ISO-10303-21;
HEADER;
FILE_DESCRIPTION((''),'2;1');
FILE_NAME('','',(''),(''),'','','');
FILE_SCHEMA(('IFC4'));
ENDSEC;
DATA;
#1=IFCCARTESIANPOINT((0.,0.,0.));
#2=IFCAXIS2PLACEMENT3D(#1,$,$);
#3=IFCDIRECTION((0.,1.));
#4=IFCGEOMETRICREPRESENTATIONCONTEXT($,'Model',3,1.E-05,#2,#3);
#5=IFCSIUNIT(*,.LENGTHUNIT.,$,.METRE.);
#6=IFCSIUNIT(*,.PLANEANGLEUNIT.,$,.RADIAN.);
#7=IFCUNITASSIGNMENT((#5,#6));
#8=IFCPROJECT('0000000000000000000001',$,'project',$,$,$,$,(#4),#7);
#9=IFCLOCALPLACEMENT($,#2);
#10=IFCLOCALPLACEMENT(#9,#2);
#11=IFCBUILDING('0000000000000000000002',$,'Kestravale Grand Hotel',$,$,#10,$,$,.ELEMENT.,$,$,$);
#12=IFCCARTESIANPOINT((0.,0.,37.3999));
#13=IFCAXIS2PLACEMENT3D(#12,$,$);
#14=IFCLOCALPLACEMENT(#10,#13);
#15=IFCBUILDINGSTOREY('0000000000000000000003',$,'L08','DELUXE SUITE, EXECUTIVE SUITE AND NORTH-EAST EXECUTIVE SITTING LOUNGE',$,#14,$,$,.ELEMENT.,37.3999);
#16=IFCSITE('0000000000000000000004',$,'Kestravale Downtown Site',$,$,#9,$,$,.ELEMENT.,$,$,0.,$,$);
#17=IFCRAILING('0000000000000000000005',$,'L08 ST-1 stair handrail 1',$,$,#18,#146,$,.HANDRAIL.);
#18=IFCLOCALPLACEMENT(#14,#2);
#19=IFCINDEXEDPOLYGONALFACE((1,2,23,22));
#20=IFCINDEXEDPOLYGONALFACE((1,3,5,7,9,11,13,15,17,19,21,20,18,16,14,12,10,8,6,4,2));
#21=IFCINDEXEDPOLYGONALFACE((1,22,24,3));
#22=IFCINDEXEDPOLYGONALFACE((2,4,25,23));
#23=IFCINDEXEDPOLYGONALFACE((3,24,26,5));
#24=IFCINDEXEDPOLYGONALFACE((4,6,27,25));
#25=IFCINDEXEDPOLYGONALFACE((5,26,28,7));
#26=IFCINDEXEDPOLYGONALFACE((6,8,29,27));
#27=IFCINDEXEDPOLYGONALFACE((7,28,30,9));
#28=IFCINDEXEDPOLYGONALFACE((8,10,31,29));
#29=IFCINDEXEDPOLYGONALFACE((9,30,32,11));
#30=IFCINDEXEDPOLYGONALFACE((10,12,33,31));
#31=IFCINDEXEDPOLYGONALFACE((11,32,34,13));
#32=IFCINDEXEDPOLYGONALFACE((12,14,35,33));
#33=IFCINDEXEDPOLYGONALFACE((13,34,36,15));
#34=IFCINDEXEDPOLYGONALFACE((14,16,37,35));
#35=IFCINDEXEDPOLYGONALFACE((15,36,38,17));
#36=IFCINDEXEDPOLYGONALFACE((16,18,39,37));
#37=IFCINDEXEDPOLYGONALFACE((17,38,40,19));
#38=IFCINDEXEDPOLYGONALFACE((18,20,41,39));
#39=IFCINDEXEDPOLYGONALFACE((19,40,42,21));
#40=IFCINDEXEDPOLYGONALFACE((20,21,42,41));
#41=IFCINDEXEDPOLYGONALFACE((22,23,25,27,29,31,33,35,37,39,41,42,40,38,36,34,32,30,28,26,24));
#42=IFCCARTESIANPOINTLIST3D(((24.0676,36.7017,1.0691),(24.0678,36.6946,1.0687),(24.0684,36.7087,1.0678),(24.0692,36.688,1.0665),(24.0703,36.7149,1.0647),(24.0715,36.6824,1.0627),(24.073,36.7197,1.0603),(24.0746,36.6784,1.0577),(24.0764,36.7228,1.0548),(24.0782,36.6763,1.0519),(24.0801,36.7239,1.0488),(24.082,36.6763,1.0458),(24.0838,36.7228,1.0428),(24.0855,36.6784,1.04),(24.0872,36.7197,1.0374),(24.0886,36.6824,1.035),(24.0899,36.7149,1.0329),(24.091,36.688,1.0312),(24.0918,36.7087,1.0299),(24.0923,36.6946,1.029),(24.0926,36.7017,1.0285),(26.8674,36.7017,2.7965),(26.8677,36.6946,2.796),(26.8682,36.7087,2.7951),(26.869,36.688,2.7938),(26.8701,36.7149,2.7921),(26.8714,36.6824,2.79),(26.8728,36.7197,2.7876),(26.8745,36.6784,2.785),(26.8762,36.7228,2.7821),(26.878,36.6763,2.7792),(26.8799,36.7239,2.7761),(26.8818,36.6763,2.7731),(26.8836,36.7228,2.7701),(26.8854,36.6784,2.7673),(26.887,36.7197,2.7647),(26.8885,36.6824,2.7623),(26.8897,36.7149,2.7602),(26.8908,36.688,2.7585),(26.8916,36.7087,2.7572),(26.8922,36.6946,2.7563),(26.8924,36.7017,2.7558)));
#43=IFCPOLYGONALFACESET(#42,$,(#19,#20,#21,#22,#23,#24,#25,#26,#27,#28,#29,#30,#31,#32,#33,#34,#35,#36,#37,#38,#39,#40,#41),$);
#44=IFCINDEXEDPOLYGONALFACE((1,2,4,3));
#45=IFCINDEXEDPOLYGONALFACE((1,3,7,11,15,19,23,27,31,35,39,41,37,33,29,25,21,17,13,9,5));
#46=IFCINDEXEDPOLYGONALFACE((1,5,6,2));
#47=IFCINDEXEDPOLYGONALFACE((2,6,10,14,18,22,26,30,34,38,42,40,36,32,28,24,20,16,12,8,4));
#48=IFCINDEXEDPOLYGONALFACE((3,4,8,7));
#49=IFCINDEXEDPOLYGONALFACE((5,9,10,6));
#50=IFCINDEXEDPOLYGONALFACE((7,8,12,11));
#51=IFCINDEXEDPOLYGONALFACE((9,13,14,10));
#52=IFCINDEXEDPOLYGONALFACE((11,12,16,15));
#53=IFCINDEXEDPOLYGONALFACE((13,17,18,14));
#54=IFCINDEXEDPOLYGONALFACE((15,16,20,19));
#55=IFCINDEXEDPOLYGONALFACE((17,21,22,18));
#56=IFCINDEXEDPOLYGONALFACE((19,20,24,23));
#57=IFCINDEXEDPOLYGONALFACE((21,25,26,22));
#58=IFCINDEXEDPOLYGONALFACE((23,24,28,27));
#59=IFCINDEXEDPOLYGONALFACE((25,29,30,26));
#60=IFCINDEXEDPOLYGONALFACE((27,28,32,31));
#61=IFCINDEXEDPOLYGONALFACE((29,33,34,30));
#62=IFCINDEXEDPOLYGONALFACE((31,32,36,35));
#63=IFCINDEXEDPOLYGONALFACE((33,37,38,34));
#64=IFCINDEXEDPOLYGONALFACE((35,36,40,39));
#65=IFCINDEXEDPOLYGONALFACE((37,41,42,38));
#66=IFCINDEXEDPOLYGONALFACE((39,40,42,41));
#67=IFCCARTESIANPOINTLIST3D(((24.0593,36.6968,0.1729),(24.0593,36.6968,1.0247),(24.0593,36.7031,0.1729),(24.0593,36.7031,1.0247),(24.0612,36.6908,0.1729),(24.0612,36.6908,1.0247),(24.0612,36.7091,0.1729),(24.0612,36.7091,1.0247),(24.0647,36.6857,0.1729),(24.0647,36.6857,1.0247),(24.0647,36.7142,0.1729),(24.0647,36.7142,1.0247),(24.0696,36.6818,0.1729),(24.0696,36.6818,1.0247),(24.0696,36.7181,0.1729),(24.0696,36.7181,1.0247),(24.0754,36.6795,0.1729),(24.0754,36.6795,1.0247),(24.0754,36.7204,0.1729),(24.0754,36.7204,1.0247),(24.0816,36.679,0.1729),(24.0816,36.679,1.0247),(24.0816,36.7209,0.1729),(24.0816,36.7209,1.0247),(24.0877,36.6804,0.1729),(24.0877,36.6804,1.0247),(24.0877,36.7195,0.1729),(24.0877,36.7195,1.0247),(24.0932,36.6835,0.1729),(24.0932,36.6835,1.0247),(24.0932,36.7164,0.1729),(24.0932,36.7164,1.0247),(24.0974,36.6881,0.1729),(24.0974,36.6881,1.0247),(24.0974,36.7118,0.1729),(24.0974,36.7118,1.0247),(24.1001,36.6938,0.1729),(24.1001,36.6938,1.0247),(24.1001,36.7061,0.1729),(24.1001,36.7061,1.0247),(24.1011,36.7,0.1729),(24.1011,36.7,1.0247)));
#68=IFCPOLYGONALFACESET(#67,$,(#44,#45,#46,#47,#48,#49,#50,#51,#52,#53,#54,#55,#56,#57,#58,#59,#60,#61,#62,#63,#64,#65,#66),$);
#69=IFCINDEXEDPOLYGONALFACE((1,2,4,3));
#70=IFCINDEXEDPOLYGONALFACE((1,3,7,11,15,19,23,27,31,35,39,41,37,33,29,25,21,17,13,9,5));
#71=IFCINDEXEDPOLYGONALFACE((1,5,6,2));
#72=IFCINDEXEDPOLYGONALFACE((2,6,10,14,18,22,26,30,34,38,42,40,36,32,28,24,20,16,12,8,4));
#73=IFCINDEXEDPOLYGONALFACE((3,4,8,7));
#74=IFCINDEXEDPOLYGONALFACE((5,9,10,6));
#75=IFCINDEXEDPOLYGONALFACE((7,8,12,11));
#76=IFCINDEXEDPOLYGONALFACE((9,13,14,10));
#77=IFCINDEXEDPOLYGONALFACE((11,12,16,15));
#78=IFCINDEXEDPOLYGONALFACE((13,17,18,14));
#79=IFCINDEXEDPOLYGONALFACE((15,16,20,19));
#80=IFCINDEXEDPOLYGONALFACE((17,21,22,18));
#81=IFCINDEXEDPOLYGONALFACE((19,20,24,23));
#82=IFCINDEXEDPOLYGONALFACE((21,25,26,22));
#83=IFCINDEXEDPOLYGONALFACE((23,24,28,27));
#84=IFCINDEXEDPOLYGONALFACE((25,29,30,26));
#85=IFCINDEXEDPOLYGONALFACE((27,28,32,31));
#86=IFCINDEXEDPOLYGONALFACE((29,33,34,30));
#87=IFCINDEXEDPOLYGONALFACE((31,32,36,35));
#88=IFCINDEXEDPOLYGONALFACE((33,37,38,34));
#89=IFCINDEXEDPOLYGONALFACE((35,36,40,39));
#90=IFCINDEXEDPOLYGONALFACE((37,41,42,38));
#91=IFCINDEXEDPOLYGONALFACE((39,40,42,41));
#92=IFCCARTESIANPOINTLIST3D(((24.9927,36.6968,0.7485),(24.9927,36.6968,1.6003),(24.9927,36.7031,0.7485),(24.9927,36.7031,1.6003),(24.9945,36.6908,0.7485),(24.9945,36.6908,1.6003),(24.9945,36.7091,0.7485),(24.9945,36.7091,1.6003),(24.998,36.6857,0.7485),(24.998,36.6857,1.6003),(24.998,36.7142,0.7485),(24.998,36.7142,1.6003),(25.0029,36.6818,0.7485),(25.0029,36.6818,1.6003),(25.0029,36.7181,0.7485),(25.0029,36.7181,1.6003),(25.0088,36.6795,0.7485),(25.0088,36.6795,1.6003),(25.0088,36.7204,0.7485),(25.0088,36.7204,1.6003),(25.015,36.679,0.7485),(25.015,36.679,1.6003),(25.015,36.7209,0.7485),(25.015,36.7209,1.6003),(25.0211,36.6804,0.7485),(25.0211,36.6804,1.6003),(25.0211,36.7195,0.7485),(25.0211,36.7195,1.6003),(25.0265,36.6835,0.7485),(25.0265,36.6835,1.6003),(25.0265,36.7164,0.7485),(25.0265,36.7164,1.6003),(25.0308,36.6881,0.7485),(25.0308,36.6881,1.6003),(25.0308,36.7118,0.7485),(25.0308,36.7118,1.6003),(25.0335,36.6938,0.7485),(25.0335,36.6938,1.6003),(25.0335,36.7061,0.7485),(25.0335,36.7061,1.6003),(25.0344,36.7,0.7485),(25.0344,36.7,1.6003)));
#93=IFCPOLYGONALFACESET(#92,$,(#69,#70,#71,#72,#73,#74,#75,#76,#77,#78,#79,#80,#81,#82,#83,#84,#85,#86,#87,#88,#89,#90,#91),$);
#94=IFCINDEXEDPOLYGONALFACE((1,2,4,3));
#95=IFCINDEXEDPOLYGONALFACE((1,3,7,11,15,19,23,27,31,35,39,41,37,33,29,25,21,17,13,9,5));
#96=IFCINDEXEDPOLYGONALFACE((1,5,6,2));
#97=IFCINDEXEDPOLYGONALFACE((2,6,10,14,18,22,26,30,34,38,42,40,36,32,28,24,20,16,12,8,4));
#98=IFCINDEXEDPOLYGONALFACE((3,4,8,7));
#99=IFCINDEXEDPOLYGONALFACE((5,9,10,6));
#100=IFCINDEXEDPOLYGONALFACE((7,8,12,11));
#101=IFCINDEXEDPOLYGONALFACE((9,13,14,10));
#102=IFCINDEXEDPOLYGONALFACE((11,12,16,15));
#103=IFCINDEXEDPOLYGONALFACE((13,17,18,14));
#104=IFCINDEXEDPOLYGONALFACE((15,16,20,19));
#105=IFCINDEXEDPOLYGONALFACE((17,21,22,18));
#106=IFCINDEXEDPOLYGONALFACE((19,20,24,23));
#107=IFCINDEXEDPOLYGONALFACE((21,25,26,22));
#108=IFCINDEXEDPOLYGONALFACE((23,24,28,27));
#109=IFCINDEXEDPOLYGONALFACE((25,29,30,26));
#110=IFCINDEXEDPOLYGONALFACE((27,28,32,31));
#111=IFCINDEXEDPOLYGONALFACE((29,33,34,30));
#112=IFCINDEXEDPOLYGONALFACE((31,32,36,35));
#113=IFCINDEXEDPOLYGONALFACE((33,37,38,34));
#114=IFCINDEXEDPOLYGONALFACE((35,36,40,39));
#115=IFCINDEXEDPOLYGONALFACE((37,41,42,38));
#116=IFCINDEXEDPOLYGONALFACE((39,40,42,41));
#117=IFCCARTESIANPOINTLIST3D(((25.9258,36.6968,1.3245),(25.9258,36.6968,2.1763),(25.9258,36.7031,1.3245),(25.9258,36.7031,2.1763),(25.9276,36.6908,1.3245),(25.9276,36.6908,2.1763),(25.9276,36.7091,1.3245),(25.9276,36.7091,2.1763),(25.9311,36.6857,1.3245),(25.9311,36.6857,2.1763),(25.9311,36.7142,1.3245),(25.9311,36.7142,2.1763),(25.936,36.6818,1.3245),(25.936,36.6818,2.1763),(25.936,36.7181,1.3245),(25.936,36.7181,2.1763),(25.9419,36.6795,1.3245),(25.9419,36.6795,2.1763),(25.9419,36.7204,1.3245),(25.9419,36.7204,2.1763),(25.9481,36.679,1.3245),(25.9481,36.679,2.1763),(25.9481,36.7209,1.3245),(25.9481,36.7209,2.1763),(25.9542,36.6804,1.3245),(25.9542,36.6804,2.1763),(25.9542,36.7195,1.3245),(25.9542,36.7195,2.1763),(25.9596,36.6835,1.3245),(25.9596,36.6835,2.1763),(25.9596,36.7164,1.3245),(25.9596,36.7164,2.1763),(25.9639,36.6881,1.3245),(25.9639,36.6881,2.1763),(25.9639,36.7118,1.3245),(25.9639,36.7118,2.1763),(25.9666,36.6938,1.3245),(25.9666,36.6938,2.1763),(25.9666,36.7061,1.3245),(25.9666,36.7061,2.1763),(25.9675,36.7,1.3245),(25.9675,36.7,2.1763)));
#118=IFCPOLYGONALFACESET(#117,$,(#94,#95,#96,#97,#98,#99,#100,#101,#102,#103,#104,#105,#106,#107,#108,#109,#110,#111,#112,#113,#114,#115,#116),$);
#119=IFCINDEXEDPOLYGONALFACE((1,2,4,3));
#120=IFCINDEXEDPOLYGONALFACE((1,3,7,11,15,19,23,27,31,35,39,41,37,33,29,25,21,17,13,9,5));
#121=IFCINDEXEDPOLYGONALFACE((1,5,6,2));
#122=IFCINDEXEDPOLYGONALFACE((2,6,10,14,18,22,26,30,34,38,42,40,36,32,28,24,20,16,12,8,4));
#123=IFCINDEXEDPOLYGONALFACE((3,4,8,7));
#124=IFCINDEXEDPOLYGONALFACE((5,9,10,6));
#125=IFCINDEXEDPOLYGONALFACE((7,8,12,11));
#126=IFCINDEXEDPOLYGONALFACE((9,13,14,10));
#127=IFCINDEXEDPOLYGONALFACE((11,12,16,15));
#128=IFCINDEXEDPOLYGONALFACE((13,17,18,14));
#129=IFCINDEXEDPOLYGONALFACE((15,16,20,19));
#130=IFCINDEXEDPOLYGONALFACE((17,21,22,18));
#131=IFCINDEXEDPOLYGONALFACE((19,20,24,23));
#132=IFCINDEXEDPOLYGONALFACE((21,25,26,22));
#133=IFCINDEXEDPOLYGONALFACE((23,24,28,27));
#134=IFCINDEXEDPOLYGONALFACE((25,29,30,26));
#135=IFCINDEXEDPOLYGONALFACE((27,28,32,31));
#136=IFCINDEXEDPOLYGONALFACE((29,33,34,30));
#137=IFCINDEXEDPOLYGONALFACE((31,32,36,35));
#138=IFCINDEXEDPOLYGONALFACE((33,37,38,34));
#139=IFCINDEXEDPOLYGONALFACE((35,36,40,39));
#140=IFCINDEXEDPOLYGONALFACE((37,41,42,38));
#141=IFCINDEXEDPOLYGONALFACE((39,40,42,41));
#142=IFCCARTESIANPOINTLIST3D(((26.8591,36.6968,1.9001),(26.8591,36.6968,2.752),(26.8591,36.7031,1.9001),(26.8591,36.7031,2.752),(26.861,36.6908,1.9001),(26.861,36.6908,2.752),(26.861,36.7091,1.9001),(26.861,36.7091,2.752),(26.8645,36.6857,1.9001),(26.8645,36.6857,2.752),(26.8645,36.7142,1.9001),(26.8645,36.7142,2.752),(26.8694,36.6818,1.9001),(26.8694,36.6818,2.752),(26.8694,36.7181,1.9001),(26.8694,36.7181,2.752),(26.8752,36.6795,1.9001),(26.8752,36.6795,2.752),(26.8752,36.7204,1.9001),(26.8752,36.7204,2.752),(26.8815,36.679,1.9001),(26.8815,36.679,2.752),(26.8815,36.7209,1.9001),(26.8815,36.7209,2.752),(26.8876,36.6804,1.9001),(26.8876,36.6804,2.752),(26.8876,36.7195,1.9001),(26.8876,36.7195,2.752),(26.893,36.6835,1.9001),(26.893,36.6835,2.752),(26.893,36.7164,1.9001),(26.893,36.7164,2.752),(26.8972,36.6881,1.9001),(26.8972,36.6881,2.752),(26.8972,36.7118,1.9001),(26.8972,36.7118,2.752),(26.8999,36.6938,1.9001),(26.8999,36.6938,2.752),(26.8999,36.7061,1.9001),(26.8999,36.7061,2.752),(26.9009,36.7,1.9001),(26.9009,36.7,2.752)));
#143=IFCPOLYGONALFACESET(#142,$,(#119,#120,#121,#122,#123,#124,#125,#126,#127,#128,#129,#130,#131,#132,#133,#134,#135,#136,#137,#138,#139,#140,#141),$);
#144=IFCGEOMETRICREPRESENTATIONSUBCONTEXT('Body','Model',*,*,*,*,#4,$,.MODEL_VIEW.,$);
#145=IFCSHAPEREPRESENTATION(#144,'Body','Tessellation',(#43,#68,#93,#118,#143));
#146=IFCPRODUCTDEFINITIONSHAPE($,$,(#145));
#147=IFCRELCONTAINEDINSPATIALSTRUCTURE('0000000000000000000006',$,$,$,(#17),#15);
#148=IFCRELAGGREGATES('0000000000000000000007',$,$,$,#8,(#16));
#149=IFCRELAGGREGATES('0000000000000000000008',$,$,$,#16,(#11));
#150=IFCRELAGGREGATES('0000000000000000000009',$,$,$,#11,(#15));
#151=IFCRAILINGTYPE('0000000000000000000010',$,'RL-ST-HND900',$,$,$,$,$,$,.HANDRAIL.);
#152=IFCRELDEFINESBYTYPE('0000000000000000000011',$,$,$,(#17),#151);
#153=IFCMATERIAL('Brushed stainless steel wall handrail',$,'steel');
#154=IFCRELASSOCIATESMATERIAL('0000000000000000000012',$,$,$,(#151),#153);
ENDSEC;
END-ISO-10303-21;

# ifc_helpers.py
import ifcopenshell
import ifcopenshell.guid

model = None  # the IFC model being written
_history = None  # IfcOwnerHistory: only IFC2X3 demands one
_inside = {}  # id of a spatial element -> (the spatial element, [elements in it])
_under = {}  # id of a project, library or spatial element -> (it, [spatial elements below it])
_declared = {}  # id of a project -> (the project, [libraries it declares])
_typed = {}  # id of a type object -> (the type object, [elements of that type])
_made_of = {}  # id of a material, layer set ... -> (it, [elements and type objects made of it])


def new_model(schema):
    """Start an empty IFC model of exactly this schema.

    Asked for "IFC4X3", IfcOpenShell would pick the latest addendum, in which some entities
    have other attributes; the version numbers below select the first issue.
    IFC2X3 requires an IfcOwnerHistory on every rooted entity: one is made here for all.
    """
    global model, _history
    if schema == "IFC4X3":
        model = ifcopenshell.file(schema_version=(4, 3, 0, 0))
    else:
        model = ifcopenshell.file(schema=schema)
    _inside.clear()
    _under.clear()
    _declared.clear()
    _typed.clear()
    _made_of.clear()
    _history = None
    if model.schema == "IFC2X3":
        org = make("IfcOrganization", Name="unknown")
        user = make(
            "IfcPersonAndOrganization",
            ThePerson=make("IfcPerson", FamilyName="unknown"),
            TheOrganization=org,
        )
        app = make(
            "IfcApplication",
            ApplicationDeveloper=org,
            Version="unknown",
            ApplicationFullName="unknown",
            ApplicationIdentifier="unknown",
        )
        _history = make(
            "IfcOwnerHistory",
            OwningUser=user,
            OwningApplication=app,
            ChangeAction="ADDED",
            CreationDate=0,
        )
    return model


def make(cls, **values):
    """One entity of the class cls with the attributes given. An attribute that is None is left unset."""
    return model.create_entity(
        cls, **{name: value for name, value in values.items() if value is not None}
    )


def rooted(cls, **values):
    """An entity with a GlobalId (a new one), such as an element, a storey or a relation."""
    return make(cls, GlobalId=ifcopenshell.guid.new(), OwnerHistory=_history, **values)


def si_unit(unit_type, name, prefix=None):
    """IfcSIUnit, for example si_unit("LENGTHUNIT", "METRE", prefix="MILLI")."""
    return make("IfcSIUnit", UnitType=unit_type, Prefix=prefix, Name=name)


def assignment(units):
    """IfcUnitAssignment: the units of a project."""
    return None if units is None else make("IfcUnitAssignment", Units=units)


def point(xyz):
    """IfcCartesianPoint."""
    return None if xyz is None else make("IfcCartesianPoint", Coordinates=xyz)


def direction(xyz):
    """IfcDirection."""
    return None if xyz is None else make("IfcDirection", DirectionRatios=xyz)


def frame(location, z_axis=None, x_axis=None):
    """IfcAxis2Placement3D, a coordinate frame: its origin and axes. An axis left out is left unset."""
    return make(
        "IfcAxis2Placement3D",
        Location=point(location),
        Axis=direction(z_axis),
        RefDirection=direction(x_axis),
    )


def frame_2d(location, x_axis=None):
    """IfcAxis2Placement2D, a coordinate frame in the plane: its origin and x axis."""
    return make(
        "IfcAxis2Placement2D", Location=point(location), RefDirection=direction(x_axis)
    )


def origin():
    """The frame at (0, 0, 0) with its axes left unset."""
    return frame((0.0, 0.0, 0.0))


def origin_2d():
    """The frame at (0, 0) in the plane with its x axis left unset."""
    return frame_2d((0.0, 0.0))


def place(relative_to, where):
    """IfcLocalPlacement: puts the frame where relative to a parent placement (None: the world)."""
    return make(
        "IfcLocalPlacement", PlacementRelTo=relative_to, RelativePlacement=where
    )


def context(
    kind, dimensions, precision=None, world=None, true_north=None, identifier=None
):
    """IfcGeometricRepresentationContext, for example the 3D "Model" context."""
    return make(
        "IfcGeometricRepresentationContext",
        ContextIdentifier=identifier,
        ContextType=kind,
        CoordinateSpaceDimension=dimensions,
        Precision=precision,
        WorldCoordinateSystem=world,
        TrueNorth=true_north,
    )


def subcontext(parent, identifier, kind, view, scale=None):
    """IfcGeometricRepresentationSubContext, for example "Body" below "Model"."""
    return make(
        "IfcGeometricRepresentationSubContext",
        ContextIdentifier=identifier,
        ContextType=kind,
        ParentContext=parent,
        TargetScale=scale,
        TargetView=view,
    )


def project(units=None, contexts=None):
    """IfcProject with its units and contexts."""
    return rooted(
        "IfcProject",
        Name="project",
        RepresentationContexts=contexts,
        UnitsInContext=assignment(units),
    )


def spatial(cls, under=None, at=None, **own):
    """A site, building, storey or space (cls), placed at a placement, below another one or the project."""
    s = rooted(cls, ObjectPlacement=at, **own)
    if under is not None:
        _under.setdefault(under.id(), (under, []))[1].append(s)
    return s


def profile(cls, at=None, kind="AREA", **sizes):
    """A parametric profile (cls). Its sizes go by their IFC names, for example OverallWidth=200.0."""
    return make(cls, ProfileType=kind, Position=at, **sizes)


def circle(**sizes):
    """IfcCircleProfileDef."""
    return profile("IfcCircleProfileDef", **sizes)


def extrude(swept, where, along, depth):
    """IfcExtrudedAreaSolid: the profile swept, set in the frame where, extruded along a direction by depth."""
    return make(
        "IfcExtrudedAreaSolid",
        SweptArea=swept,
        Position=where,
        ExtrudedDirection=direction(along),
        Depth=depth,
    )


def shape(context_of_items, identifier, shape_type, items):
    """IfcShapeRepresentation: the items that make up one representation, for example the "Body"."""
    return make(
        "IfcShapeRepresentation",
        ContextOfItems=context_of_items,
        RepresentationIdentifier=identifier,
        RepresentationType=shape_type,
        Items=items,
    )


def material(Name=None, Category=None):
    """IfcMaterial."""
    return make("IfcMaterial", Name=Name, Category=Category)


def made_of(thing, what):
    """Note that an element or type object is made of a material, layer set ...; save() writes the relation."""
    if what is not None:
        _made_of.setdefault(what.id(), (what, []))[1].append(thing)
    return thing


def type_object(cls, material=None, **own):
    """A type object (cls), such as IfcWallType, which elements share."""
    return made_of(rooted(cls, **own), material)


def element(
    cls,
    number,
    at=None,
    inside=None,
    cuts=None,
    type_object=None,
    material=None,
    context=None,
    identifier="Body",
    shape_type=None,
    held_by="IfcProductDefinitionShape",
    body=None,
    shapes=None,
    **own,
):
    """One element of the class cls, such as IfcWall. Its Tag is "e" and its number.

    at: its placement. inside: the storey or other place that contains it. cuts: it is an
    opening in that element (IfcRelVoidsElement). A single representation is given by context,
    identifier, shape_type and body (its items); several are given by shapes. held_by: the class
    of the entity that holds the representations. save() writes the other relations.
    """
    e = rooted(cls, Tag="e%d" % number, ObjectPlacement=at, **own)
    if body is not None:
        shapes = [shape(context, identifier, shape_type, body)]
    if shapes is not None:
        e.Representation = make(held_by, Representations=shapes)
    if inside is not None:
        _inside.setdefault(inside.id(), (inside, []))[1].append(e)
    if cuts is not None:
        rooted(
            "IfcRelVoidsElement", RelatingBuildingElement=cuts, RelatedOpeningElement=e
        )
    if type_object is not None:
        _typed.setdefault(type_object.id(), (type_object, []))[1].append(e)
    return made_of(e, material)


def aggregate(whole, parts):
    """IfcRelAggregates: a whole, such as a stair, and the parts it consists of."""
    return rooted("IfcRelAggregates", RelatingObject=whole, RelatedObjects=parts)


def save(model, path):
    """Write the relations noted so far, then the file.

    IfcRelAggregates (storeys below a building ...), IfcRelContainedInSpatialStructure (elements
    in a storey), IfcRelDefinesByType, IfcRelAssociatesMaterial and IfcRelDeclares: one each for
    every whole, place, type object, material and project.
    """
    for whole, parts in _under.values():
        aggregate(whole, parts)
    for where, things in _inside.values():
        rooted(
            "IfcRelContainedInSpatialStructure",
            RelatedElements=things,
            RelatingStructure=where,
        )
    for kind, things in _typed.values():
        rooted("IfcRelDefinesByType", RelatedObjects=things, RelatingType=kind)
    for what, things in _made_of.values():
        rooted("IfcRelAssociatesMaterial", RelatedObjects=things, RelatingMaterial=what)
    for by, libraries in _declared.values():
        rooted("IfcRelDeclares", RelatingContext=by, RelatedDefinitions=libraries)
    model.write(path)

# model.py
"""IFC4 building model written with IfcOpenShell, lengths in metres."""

from ifc_helpers import new_model, si_unit, direction, frame, origin, origin_2d, place, context, subcontext, project, spatial, circle, extrude, material, type_object, element, save


model = new_model("IFC4")

# Units and contexts
model_context = context("Model", 3, precision=1e-05, world=origin(), true_north=direction((0.0, 1.0)))
body_context = subcontext(model_context, "Body", "Model", "MODEL_VIEW")
ifc_project = project(units=[si_unit("LENGTHUNIT", "METRE"), si_unit("PLANEANGLEUNIT", "RADIAN")], contexts=[model_context])

# Site, building, storey
site_placement = place(None, origin())
site = spatial("IfcSite", under=ifc_project, at=site_placement, Name="Kestravale Downtown Site", CompositionType="ELEMENT", RefElevation=0.0)
building_placement = place(site_placement, origin())
building = spatial("IfcBuilding", under=site, at=building_placement, Name="Kestravale Grand Hotel", CompositionType="ELEMENT")
storey_placement = place(building_placement, frame((0.0, 0.0, 37.3999)))
storey = spatial("IfcBuildingStorey", under=building, at=storey_placement, Name="L08", Description="DELUXE SUITE, EXECUTIVE SUITE AND NORTH-EAST EXECUTIVE SITTING LOUNGE", CompositionType="ELEMENT", Elevation=37.3999)

# Railing
ifc_material_1 = material(Name="Brushed stainless steel wall handrail", Category="steel")
railing_type_1 = type_object("IfcRailingType", Name="RL-ST-HND900", PredefinedType="HANDRAIL", material=ifc_material_1)
railing_1_placement = place(storey_placement, frame((24.0801, 36.7, 0.1729)))
element("IfcRailing", 1, at=railing_1_placement, inside=storey, type_object=railing_type_1, Name="L08 ST-1 stair handrail 1", PredefinedType="HANDRAIL", context=body_context, shape_type="SweptSolid", body=[
    extrude(circle(Radius=0.0239, at=origin_2d()), frame((0.0, 0.0, 0.876), z_axis=(0.851069, 0.0, 0.525054), x_axis=(0.0, 1.0, 0.0)), (0.0, 0.0, 1.0), 3.2898),
    extrude(circle(Radius=0.021, at=origin_2d()), origin(), (0.0, 0.0, 1.0), 0.8518),
    extrude(circle(Radius=0.021, at=origin_2d()), frame((0.9333, 0.0, 0.5757)), (0.0, 0.0, 1.0), 0.8518),
    extrude(circle(Radius=0.021, at=origin_2d()), frame((1.8665, 0.0, 1.1516)), (0.0, 0.0, 1.0), 0.8518),
    extrude(circle(Radius=0.021, at=origin_2d()), frame((2.7998, 0.0, 1.7273)), (0.0, 0.0, 1.0), 0.8518),
])

save(model, "model.ifc")
